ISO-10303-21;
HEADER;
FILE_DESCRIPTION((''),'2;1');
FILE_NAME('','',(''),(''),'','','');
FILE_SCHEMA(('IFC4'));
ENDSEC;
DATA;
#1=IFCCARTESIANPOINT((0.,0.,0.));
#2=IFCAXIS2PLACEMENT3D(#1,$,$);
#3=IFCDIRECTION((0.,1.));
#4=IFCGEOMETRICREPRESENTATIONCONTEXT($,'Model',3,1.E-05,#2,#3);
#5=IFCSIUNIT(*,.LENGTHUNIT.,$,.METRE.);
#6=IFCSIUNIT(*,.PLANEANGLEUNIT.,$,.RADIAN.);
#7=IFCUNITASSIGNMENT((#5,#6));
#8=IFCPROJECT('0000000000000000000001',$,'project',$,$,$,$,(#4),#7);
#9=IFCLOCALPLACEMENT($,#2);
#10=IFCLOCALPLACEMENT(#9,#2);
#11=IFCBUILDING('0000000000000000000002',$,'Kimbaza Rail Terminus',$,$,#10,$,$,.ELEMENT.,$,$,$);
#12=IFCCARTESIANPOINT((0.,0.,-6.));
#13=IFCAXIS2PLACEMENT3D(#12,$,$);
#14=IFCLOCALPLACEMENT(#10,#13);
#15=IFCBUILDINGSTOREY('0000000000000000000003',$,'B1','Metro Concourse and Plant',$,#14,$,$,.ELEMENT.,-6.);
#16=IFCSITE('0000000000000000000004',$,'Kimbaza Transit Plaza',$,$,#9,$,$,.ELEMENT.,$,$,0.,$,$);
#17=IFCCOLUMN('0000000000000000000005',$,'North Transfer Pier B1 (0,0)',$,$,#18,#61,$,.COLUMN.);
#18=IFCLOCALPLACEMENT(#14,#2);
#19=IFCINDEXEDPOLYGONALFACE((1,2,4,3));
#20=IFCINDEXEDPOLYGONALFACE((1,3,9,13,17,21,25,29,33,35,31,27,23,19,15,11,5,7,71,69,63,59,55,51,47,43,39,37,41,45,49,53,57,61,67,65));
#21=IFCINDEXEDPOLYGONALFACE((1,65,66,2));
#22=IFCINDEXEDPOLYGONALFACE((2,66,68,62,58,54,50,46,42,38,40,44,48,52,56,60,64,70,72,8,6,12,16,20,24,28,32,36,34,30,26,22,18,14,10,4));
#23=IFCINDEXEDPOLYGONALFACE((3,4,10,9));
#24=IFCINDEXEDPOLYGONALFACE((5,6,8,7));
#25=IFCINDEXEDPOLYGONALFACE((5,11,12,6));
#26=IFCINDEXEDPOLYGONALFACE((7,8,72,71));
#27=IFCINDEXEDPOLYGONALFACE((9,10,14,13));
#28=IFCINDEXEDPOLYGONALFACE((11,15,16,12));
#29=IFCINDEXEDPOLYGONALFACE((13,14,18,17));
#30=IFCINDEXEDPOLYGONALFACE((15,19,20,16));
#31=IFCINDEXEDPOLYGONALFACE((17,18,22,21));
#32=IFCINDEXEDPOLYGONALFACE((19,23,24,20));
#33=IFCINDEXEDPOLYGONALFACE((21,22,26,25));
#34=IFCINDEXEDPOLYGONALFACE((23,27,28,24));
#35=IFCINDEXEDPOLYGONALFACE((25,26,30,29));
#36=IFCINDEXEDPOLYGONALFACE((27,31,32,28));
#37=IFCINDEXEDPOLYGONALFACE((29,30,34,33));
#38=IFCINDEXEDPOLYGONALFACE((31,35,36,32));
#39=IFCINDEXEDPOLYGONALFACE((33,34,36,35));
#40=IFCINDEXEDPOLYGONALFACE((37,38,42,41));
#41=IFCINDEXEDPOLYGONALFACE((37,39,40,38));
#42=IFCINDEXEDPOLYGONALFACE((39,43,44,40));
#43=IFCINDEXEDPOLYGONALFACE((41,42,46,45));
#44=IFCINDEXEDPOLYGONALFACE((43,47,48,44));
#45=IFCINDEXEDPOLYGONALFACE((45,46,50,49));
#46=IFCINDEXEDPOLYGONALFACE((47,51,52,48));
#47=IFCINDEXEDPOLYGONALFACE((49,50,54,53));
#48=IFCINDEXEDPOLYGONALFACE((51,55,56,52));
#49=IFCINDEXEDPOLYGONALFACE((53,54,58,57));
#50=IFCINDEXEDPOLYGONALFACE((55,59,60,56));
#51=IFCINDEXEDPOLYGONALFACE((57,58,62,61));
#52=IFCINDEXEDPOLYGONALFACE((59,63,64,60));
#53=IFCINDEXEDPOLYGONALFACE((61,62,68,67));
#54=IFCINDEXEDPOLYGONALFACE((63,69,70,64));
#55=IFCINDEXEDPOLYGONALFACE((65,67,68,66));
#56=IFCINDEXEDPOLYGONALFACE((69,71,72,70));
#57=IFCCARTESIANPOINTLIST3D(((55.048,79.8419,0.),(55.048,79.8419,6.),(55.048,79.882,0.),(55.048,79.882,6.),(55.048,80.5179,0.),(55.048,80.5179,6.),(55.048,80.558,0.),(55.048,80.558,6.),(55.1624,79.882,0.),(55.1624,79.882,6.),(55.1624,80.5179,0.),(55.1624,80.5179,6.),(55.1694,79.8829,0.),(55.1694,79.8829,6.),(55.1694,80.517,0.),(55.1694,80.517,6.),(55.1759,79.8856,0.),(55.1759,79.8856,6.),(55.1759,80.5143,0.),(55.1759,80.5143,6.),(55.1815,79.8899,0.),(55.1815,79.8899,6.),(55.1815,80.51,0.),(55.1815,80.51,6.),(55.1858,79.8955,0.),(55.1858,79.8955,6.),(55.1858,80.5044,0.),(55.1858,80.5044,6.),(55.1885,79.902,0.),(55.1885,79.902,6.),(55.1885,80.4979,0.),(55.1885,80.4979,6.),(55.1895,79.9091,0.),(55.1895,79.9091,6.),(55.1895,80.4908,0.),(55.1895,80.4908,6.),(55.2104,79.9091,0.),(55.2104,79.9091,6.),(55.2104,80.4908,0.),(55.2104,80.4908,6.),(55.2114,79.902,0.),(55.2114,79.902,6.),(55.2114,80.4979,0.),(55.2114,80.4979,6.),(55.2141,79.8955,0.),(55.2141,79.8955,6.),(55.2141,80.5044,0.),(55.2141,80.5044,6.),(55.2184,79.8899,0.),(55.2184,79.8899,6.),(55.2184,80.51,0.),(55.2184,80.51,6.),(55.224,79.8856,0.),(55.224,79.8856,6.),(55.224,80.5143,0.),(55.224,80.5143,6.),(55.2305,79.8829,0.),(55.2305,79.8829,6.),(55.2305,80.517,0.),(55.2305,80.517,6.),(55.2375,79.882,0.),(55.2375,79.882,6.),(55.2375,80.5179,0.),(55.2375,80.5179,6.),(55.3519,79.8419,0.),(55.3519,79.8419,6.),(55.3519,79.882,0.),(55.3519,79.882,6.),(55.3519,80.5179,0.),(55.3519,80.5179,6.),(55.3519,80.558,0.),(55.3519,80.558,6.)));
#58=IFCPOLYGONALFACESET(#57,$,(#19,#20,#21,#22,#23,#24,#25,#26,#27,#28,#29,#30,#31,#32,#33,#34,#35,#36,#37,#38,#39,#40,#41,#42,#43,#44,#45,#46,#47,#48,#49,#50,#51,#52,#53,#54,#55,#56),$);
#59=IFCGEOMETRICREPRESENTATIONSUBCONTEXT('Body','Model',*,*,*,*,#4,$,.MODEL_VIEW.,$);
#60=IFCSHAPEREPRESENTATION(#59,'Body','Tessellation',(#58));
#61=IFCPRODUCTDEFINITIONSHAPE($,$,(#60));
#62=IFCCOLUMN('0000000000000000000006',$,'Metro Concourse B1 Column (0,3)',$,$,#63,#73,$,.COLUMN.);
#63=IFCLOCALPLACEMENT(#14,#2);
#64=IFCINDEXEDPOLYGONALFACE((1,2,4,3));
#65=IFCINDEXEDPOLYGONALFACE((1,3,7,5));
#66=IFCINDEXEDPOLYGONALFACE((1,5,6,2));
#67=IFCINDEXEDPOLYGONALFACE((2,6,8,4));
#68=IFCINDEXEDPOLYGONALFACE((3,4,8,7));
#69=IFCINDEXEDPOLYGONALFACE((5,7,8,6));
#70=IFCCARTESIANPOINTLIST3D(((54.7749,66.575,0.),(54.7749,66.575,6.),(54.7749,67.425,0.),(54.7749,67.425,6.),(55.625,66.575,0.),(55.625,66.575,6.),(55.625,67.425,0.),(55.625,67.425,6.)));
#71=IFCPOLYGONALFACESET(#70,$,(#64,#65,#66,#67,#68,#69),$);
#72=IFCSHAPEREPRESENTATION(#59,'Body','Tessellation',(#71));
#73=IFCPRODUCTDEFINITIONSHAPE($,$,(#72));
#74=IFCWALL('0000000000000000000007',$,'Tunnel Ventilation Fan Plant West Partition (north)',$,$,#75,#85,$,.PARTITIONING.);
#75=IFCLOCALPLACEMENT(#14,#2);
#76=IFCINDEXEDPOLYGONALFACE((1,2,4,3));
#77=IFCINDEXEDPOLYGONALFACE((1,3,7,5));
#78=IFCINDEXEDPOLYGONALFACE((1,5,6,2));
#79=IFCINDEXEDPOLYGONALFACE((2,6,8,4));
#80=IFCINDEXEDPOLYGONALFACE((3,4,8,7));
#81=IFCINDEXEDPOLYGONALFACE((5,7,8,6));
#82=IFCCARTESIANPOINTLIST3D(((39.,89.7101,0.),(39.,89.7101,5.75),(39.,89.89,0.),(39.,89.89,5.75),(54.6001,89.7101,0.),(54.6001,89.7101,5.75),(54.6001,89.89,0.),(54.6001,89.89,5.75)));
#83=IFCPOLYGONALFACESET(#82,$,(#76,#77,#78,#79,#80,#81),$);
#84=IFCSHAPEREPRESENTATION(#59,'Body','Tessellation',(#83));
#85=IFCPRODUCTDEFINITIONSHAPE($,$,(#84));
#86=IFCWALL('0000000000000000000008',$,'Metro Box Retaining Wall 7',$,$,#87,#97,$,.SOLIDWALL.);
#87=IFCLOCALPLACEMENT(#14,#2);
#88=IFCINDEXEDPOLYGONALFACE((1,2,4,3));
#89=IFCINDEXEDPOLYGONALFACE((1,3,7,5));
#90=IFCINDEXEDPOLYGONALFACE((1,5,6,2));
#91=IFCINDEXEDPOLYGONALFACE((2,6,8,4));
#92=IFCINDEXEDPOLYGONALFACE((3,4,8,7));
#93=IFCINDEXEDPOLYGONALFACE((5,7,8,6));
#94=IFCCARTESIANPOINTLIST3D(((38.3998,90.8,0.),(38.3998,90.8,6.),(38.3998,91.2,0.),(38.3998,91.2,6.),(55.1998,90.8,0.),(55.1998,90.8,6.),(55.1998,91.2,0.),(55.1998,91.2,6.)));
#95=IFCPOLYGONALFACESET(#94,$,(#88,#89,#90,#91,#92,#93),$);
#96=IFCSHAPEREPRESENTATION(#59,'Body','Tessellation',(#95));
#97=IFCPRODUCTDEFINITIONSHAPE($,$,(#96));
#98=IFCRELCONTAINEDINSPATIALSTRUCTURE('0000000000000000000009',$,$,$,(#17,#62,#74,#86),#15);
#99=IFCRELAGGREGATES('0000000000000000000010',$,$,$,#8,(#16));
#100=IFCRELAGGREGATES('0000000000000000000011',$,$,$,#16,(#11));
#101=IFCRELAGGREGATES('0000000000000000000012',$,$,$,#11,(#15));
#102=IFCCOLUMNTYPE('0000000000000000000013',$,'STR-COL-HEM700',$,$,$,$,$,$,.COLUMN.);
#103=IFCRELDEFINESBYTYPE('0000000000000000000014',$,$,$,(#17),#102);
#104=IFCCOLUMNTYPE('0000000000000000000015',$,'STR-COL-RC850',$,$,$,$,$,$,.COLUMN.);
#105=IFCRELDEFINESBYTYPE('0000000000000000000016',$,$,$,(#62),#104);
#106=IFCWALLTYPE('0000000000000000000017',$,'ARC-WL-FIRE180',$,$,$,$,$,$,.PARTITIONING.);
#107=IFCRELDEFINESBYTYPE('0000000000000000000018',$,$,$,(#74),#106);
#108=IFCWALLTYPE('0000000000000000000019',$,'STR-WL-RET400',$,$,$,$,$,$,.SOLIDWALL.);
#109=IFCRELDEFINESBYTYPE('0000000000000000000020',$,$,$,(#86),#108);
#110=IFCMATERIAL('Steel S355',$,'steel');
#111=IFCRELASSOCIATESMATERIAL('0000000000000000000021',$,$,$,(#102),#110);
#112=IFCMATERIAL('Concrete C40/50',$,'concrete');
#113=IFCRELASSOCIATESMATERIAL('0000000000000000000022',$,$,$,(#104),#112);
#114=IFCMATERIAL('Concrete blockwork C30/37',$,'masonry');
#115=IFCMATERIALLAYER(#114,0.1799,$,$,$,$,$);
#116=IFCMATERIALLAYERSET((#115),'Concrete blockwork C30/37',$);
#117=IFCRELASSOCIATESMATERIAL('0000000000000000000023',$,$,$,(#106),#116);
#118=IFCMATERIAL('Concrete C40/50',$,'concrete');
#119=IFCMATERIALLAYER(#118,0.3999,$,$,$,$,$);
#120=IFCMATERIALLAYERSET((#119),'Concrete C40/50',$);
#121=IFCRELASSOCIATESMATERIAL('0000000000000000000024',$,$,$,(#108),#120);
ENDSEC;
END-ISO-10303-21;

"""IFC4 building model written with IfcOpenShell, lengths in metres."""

from ifc_helpers import new_model, si_unit, direction, frame, frame_2d, origin, origin_2d, place, context, subcontext, project, spatial, rectangle, i_section, extrude, material, layer, layer_set, material_profile, profile_set, type_object, element, save


model = new_model("IFC4")

# Units and contexts
model_context = context("Model", 3, precision=1e-05, world=origin(), true_north=direction((0.0, 1.0)))
body_context = subcontext(model_context, "Body", "Model", "MODEL_VIEW")
ifc_project = project(units=[si_unit("LENGTHUNIT", "METRE"), si_unit("PLANEANGLEUNIT", "RADIAN")], contexts=[model_context])

# Site, building, storey
site_placement = place(None, origin())
site = spatial("IfcSite", under=ifc_project, at=site_placement, Name="Kimbaza Transit Plaza", CompositionType="ELEMENT", RefElevation=0.0)
building_placement = place(site_placement, origin())
building = spatial("IfcBuilding", under=site, at=building_placement, Name="Kimbaza Rail Terminus", CompositionType="ELEMENT")
storey_placement = place(building_placement, frame((0.0, 0.0, -6.0)))
storey = spatial("IfcBuildingStorey", under=building, at=storey_placement, Name="B1", Description="Metro Concourse and Plant", CompositionType="ELEMENT", Elevation=-6.0)

# Columns
ifc_material_1 = material(Name="Steel S355", Category="steel")
ifc_material_profile_1 = material_profile(ifc_material_1, i_section(OverallWidth=0.304, OverallDepth=0.7161, WebThickness=0.021, FlangeThickness=0.04, FilletRadius=0.0271, at=origin_2d()), Name="HEM 700")
ifc_profile_set_1 = profile_set([ifc_material_profile_1], Name="Steel S355")
column_type_1 = type_object("IfcColumnType", Name="STR-COL-HEM700", PredefinedType="COLUMN", material=ifc_profile_set_1)
column_1_placement = place(storey_placement, frame((55.2, 80.2, 0.0), z_axis=(0.0, 0.0, 1.0), x_axis=(1.0, 0.0, 0.0)))
element("IfcColumn", 1, at=column_1_placement, inside=storey, type_object=column_type_1, Name="North Transfer Pier B1 (0,0)", PredefinedType="COLUMN", context=body_context, shape_type="SweptSolid", body=[
    extrude(i_section(OverallWidth=0.304, OverallDepth=0.7161, WebThickness=0.021, FlangeThickness=0.04, FilletRadius=0.0271, at=origin_2d()), origin(), (0.0, 0.0, 1.0), 6.0),
])
ifc_material_2 = material(Name="Concrete C40/50", Category="concrete")
ifc_material_profile_2 = material_profile(ifc_material_2, rectangle(XDim=0.8501, YDim=0.8501, at=origin_2d()), Name="RC 850x850")
ifc_profile_set_2 = profile_set([ifc_material_profile_2], Name="Concrete C40/50")
column_type_2 = type_object("IfcColumnType", Name="STR-COL-RC850", PredefinedType="COLUMN", material=ifc_profile_set_2)
column_2_placement = place(storey_placement, frame((55.2, 67.0, 0.0), z_axis=(0.0, 0.0, 1.0), x_axis=(1.0, 0.0, 0.0)))
element("IfcColumn", 2, at=column_2_placement, inside=storey, type_object=column_type_2, Name="Metro Concourse B1 Column (0,3)", PredefinedType="COLUMN", context=body_context, shape_type="SweptSolid", body=[
    extrude(rectangle(XDim=0.8501, YDim=0.8501, at=origin_2d()), origin(), (0.0, 0.0, 1.0), 6.0),
])

# Walls
ifc_material_3 = material(Name="Concrete blockwork C30/37", Category="masonry")
ifc_layer_1 = layer(ifc_material_3, 0.1799)
ifc_layer_set_1 = layer_set([ifc_layer_1], Name="Concrete blockwork C30/37")
wall_type_1 = type_object("IfcWallType", Name="ARC-WL-FIRE180", PredefinedType="PARTITIONING", material=ifc_layer_set_1)
wall_1_placement = place(storey_placement, frame((54.6001, 89.8, 0.0), z_axis=(0.0, 0.0, 1.0), x_axis=(-1.0, 0.0, 0.0)))
element("IfcWall", 3, at=wall_1_placement, inside=storey, type_object=wall_type_1, Name="Tunnel Ventilation Fan Plant West Partition (north)", PredefinedType="PARTITIONING", context=body_context, shape_type="SweptSolid", body=[
    extrude(rectangle(XDim=15.6001, YDim=0.1799, at=frame_2d((7.8, 0.0))), origin(), (0.0, 0.0, 1.0), 5.75),
])
ifc_material_4 = material(Name="Concrete C40/50", Category="concrete")
ifc_layer_2 = layer(ifc_material_4, 0.3999)
ifc_layer_set_2 = layer_set([ifc_layer_2], Name="Concrete C40/50")
wall_type_2 = type_object("IfcWallType", Name="STR-WL-RET400", PredefinedType="SOLIDWALL", material=ifc_layer_set_2)
wall_2_placement = place(storey_placement, frame((38.3999, 91.0, 0.0), z_axis=(0.0, 0.0, 1.0), x_axis=(1.0, 0.0, 0.0)))
element("IfcWall", 4, at=wall_2_placement, inside=storey, type_object=wall_type_2, Name="Metro Box Retaining Wall 7", PredefinedType="SOLIDWALL", context=body_context, shape_type="SweptSolid", body=[
    extrude(rectangle(XDim=16.8, YDim=0.3999, at=frame_2d((8.3999, 0.0))), origin(), (0.0, 0.0, 1.0), 6.0),
])

save(model, "model.ifc")
